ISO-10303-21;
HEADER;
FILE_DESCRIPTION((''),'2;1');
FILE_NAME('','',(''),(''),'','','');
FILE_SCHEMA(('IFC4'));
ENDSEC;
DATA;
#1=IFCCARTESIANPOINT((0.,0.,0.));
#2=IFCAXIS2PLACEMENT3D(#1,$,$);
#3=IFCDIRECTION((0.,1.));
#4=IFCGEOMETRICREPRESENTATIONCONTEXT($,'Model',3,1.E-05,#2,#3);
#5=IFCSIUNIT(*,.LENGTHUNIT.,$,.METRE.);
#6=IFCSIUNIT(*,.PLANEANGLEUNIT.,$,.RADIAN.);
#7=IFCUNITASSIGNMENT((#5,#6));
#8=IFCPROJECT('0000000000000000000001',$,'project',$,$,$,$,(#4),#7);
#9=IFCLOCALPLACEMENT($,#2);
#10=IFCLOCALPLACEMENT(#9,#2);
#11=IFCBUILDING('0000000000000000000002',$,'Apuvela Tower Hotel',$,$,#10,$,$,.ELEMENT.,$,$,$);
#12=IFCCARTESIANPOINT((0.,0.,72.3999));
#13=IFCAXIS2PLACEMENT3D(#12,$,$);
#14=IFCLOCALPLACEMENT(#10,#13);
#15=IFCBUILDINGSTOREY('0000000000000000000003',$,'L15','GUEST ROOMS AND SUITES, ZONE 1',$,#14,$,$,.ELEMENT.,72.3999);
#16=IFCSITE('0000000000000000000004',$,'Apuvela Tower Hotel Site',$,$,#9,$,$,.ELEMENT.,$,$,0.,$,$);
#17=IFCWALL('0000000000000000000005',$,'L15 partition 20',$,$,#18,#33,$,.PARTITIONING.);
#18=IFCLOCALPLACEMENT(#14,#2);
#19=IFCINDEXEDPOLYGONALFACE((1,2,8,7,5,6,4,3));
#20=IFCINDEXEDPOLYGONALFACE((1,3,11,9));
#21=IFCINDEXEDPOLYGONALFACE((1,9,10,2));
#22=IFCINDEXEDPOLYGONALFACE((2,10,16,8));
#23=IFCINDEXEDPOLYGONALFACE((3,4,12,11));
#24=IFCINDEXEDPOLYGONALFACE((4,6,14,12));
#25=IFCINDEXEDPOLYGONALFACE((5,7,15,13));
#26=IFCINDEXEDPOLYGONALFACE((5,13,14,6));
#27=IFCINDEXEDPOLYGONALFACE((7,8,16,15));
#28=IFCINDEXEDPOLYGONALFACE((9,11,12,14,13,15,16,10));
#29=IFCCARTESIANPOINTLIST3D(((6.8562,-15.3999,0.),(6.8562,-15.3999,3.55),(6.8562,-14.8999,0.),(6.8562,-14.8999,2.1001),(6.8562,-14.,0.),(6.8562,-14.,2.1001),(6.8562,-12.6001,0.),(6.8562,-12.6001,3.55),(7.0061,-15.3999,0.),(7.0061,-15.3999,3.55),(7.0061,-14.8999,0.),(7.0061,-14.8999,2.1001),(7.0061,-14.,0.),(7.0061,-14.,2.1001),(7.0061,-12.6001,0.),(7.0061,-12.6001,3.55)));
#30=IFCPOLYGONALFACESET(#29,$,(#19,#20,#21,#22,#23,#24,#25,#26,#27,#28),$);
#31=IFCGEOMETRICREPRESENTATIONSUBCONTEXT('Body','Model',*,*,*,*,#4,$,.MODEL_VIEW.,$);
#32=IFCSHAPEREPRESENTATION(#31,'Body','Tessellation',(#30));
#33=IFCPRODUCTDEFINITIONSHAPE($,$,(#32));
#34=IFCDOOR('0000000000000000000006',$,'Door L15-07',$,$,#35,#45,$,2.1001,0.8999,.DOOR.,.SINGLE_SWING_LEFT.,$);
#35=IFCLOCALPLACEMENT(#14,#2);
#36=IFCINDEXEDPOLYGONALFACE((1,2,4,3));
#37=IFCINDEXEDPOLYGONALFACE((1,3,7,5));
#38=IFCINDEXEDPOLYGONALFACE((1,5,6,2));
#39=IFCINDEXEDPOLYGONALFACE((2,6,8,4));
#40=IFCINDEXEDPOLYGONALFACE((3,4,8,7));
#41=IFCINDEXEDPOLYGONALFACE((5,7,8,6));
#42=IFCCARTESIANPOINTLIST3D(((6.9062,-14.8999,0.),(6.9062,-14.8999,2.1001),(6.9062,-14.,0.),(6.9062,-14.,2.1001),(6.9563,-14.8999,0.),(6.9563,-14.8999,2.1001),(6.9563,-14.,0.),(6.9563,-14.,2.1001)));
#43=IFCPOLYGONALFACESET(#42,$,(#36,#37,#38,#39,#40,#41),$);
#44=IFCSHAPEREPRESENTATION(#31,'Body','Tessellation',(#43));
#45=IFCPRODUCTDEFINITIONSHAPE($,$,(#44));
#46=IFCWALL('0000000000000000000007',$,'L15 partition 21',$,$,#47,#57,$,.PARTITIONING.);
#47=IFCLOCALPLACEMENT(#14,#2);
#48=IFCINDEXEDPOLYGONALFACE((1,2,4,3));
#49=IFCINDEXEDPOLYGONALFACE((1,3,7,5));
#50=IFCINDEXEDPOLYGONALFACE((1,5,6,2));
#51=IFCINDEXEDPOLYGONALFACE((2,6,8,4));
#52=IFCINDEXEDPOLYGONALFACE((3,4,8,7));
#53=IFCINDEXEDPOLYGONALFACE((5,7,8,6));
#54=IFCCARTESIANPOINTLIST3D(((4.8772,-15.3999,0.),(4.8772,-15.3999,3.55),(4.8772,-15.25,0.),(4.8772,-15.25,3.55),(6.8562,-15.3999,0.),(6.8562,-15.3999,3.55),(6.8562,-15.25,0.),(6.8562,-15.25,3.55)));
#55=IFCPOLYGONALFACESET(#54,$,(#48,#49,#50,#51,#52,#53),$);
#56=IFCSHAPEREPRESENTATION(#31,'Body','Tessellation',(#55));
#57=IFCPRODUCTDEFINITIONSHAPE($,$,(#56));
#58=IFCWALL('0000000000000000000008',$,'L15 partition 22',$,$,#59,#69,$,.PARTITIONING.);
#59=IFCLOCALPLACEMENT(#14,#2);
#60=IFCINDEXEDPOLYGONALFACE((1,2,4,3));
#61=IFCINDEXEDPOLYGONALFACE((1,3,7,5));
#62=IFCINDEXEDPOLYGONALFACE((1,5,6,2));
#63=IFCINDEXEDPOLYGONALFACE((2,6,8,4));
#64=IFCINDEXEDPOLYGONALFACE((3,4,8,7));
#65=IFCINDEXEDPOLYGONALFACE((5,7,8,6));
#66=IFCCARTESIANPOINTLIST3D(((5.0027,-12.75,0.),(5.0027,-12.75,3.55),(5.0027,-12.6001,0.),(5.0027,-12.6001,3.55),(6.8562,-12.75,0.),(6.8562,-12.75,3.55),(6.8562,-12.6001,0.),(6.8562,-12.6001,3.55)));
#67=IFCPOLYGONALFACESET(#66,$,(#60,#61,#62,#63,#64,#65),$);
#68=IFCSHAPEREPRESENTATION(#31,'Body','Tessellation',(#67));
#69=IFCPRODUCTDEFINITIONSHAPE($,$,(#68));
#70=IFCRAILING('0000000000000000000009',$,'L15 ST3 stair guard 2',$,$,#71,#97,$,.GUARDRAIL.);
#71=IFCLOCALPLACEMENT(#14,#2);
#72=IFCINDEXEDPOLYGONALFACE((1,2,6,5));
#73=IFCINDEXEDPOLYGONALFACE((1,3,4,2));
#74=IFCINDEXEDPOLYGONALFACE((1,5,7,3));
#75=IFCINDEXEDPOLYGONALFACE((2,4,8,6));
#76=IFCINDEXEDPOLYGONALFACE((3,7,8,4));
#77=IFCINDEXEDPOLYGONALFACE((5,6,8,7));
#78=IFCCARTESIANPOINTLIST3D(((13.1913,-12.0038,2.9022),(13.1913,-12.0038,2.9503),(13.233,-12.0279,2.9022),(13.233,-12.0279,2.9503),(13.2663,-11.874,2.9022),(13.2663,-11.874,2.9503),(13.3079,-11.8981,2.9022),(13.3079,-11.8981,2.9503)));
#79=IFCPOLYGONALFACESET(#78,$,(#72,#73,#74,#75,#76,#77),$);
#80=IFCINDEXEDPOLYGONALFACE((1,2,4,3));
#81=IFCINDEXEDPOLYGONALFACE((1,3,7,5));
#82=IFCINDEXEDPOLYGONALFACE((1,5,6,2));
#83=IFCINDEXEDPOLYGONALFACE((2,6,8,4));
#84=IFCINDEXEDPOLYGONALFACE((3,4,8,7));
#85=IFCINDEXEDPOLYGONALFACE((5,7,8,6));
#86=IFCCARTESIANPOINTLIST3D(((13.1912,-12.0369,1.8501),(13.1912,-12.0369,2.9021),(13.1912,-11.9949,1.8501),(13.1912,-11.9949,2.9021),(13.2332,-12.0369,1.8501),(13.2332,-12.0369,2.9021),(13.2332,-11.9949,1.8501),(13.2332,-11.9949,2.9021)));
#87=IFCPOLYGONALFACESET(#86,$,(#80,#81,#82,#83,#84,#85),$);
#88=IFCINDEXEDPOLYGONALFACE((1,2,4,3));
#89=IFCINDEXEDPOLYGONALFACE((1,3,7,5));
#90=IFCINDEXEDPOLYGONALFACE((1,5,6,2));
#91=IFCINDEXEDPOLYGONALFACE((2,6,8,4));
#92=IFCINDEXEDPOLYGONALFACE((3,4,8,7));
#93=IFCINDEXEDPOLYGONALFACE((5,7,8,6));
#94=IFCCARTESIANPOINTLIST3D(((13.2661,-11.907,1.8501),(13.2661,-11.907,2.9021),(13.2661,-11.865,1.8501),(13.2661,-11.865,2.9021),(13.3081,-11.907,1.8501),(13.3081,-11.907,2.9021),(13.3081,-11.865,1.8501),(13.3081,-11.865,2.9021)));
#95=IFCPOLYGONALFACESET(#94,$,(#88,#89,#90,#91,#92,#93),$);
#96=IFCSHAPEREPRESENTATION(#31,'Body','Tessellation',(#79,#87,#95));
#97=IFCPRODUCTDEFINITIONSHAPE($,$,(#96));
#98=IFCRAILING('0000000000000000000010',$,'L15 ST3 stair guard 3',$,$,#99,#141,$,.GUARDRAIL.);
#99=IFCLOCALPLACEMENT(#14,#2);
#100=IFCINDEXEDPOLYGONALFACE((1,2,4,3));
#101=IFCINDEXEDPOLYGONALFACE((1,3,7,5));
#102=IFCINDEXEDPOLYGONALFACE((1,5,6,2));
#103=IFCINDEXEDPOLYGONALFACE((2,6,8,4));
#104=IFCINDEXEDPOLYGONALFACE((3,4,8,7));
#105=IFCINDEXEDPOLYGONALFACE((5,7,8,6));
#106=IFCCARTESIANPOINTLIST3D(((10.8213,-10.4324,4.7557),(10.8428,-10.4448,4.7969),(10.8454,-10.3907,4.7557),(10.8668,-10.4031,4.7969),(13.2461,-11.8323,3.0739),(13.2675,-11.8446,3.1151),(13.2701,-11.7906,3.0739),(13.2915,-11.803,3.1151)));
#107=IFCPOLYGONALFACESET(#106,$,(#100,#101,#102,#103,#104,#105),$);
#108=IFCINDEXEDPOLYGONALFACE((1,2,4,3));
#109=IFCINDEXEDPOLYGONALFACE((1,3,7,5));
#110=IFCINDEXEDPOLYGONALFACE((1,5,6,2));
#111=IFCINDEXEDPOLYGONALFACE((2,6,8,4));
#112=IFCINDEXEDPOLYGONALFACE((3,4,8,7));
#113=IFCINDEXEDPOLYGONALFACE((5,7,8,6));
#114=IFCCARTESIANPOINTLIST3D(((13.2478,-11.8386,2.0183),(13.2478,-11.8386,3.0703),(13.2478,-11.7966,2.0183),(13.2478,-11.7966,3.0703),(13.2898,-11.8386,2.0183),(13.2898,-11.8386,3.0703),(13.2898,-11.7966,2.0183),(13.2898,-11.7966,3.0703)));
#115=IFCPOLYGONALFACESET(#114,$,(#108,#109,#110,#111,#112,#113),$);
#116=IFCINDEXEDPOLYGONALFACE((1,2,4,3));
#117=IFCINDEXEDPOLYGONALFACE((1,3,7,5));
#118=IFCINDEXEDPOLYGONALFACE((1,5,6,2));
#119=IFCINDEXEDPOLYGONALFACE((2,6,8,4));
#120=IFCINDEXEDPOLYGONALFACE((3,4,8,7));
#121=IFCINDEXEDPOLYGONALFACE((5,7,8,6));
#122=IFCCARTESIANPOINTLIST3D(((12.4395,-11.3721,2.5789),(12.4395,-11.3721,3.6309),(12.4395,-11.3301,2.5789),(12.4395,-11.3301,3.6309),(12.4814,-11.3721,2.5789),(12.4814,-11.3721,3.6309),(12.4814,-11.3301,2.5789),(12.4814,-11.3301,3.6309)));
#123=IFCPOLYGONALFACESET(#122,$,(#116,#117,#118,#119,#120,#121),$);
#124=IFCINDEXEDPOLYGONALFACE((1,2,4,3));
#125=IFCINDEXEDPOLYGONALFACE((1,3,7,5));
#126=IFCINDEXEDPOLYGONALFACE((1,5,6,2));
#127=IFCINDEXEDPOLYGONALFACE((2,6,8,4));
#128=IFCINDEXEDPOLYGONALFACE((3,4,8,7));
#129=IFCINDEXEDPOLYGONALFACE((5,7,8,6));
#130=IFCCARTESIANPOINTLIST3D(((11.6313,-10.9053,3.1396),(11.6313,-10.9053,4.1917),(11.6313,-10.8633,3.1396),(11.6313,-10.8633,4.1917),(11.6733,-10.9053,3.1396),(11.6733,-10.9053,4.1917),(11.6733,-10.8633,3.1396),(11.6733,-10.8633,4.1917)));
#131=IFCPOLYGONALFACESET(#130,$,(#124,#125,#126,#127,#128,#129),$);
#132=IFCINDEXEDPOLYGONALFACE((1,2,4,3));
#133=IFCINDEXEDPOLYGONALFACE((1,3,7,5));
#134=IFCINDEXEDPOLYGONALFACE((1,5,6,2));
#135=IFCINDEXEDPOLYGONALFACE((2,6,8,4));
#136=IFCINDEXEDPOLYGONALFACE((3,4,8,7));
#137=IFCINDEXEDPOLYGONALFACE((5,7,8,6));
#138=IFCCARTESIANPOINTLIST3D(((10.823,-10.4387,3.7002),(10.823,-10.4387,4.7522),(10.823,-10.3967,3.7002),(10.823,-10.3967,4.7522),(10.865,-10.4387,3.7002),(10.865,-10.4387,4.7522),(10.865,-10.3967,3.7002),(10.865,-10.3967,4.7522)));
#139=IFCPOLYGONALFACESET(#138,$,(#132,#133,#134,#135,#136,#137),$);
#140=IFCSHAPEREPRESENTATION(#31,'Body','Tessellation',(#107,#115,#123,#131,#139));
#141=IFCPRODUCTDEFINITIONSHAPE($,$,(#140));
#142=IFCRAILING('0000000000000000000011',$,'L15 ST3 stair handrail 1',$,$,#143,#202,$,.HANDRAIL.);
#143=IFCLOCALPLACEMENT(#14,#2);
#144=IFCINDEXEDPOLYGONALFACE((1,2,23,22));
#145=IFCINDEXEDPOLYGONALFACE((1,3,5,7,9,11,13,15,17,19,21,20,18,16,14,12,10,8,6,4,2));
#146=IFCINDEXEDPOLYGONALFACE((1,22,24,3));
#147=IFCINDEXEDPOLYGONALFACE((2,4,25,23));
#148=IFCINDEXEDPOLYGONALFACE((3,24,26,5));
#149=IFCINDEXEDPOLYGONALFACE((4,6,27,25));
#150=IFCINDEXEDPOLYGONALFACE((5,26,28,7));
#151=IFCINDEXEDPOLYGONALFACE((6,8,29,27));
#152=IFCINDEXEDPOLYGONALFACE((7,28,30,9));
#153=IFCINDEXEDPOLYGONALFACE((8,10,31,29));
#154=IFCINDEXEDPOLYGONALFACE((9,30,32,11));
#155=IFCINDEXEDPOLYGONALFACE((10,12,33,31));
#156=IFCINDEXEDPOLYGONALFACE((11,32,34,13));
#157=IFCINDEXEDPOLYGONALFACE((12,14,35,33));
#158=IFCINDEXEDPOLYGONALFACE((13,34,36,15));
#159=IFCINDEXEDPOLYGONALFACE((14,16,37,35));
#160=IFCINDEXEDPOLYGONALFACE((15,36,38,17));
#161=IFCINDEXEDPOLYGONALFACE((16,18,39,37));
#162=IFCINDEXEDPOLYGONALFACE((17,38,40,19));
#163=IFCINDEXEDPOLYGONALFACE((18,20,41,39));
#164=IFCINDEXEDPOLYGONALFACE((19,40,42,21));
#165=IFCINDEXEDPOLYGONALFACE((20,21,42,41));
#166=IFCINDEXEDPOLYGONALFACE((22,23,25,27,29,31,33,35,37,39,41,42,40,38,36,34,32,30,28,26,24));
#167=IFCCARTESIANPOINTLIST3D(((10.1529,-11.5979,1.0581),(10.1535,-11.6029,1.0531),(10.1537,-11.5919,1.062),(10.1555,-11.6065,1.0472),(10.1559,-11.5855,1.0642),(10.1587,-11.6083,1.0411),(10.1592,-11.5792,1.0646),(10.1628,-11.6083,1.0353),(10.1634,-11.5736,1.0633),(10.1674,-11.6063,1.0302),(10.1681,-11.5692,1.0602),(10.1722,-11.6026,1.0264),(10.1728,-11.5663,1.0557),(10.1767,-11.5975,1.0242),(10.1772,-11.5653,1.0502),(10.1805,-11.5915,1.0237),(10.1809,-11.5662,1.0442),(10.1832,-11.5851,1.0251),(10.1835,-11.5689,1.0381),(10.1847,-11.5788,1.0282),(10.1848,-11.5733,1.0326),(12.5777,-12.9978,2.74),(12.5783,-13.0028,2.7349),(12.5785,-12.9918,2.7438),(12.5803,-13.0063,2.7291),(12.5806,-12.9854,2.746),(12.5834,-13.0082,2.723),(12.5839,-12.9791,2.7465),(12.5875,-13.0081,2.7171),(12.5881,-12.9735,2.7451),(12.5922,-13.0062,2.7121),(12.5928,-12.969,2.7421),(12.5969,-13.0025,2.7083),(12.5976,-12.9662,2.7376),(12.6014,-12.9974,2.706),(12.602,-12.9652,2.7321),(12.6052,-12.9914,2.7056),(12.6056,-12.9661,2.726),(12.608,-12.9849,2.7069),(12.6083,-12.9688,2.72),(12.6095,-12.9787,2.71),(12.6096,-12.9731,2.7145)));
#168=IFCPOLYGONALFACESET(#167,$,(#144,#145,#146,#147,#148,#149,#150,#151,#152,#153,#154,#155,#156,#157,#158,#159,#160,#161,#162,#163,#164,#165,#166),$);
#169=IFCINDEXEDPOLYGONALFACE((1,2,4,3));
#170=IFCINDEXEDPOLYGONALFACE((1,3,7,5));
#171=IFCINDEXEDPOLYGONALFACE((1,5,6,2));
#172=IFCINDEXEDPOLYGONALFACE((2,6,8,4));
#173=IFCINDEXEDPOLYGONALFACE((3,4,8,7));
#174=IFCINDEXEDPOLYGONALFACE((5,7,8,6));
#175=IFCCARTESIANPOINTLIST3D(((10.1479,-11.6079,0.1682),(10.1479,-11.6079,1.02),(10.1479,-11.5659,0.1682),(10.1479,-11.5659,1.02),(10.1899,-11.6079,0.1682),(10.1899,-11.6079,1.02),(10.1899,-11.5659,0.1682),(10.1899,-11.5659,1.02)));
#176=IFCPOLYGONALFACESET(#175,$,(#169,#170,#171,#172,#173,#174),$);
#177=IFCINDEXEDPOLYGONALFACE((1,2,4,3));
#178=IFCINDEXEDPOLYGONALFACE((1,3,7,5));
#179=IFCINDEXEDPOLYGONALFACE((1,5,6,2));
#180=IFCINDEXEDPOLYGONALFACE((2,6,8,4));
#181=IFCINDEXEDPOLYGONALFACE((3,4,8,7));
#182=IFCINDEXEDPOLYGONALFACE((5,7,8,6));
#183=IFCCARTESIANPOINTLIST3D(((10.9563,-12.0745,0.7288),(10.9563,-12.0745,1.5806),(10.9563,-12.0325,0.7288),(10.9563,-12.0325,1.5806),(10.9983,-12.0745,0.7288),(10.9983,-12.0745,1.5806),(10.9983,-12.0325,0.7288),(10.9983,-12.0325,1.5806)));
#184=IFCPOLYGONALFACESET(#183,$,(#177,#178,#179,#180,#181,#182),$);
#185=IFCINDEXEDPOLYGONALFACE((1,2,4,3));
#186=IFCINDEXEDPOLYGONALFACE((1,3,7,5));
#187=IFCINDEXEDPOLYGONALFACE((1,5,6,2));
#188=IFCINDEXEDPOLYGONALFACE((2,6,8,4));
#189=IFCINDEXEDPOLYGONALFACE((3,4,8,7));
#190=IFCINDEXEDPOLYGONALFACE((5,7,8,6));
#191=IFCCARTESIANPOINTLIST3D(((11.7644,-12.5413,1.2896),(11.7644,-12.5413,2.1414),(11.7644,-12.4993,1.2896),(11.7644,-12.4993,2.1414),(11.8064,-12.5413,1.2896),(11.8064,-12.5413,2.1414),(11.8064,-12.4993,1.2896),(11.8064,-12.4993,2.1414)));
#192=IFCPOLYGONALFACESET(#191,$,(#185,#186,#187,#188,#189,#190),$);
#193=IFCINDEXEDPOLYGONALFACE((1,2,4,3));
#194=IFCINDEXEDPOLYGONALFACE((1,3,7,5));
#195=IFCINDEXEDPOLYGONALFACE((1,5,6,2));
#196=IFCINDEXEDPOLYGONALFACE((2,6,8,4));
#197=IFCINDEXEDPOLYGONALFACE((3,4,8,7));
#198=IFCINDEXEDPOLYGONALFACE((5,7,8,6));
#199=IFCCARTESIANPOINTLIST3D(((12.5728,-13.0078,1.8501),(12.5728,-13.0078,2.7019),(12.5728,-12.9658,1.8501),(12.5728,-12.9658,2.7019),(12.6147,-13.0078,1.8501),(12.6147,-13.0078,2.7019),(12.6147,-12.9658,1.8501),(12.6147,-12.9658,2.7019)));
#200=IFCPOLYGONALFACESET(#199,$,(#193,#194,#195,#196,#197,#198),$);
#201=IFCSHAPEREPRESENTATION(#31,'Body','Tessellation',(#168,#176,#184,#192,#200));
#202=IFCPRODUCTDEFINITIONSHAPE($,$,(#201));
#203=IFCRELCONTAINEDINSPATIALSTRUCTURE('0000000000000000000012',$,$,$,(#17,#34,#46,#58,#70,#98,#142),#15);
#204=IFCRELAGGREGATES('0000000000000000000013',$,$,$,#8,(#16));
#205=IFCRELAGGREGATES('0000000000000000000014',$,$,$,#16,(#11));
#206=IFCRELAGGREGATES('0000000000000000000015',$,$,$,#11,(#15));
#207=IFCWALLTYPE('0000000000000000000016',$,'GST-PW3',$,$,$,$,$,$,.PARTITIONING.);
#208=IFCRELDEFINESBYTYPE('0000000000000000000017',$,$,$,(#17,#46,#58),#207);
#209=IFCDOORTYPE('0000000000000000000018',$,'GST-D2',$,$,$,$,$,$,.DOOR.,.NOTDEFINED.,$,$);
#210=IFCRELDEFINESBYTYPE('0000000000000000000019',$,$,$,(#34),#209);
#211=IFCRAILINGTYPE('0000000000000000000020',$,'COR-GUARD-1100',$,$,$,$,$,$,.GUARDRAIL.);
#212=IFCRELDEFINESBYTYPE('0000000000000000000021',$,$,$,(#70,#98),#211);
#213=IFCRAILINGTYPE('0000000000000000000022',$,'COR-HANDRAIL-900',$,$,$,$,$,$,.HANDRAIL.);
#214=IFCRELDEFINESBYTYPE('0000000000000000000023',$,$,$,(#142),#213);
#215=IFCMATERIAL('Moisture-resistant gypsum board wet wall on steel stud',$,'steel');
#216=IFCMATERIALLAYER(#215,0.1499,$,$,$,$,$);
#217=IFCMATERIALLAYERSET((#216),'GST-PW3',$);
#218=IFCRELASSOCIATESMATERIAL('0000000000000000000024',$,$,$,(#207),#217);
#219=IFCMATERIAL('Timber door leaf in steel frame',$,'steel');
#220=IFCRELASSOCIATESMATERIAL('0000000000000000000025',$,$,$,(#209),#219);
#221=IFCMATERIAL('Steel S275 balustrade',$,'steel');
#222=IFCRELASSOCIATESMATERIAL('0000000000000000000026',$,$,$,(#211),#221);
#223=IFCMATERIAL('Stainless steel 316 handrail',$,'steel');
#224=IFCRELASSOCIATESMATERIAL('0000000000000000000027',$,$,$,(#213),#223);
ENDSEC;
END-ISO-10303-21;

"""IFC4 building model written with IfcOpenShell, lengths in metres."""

from ifc_helpers import new_model, si_unit, direction, frame, frame_2d, origin, origin_2d, place, context, subcontext, project, spatial, rectangle, circle, extrude, material, layer, layer_set, type_object, element, fill, save


model = new_model("IFC4")

# Units and contexts
model_context = context("Model", 3, precision=1e-05, world=origin(), true_north=direction((0.0, 1.0)))
body_context = subcontext(model_context, "Body", "Model", "MODEL_VIEW")
ifc_project = project(units=[si_unit("LENGTHUNIT", "METRE"), si_unit("PLANEANGLEUNIT", "RADIAN")], contexts=[model_context])

# Site, building, storey
site_placement = place(None, origin())
site = spatial("IfcSite", under=ifc_project, at=site_placement, Name="Apuvela Tower Hotel Site", CompositionType="ELEMENT", RefElevation=0.0)
building_placement = place(site_placement, origin())
building = spatial("IfcBuilding", under=site, at=building_placement, Name="Apuvela Tower Hotel", CompositionType="ELEMENT")
storey_placement = place(building_placement, frame((0.0, 0.0, 72.3999)))
storey = spatial("IfcBuildingStorey", under=building, at=storey_placement, Name="L15", Description="GUEST ROOMS AND SUITES, ZONE 1", CompositionType="ELEMENT", Elevation=72.3999)

# Shared definitions
ifc_material_1 = material(Name="Moisture-resistant gypsum board wet wall on steel stud", Category="steel")
ifc_layer_1 = layer(ifc_material_1, 0.1499)
ifc_layer_set_1 = layer_set([ifc_layer_1], Name="GST-PW3")
wall_type_1 = type_object("IfcWallType", Name="GST-PW3", PredefinedType="PARTITIONING", material=ifc_layer_set_1)

# Wall, opening, door
wall_1_placement = place(storey_placement, frame((6.9312, -15.3999, 0.0), z_axis=(0.0, 0.0, 1.0), x_axis=(0.0, 1.0, 0.0)))
wall_1 = element("IfcWall", 1, at=wall_1_placement, inside=storey, type_object=wall_type_1, Name="L15 partition 20", PredefinedType="PARTITIONING", context=body_context, shape_type="SweptSolid", body=[
    extrude(rectangle(XDim=2.7998, YDim=0.1499, at=frame_2d((1.3999, 0.0))), origin(), (0.0, 0.0, 1.0), 3.55),
])
opening_1_placement = place(wall_1_placement, frame((0.5, 0.0, 0.0)))
opening_1 = element("IfcOpeningElement", 2, at=opening_1_placement, cuts=wall_1, PredefinedType="OPENING", context=body_context, shape_type="SweptSolid", body=[
    extrude(rectangle(XDim=0.8999, YDim=2.1001, at=frame_2d((0.45, 1.05))), frame((0.0, 0.085, 0.0), z_axis=(0.0, -1.0, 0.0), x_axis=(1.0, 0.0, 0.0)), (0.0, 0.0, 1.0), 0.1699),
])
ifc_material_2 = material(Name="Timber door leaf in steel frame", Category="steel")
door_type_1 = type_object("IfcDoorType", Name="GST-D2", OperationType="NOTDEFINED", PredefinedType="DOOR", material=ifc_material_2)
door_1_placement = place(opening_1_placement, origin())
door_1 = element("IfcDoor", 3, at=door_1_placement, inside=storey, type_object=door_type_1, Name="Door L15-07", OperationType="SINGLE_SWING_LEFT", OverallHeight=2.1001, OverallWidth=0.8999, PredefinedType="DOOR", context=body_context, shape_type="SweptSolid", body=[
    extrude(rectangle(XDim=0.8999, YDim=2.1001, at=frame_2d((0.45, 1.05))), frame((0.0, 0.0249, 0.0), z_axis=(0.0, -1.0, 0.0), x_axis=(1.0, 0.0, 0.0)), (0.0, 0.0, 1.0), 0.05),
])
fill(opening_1, door_1)

# Walls
wall_2_placement = place(storey_placement, frame((4.8772, -15.325, 0.0), z_axis=(0.0, 0.0, 1.0), x_axis=(1.0, 0.0, 0.0)))
element("IfcWall", 4, at=wall_2_placement, inside=storey, type_object=wall_type_1, Name="L15 partition 21", PredefinedType="PARTITIONING", context=body_context, shape_type="SweptSolid", body=[
    extrude(rectangle(XDim=1.979, YDim=0.1499, at=frame_2d((0.9895, 0.0))), origin(), (0.0, 0.0, 1.0), 3.55),
])
wall_3_placement = place(storey_placement, frame((5.0027, -12.675, 0.0), z_axis=(0.0, 0.0, 1.0), x_axis=(1.0, 0.0, 0.0)))
element("IfcWall", 5, at=wall_3_placement, inside=storey, type_object=wall_type_1, Name="L15 partition 22", PredefinedType="PARTITIONING", context=body_context, shape_type="SweptSolid", body=[
    extrude(rectangle(XDim=1.8535, YDim=0.1499, at=frame_2d((0.9268, 0.0))), origin(), (0.0, 0.0, 1.0), 3.55),
])

# Railings
ifc_material_3 = material(Name="Steel S275 balustrade", Category="steel")
railing_type_1 = type_object("IfcRailingType", Name="COR-GUARD-1100", PredefinedType="GUARDRAIL", material=ifc_material_3)
railing_1_placement = place(storey_placement, frame((13.2122, -12.0159, 1.8501)))
element("IfcRailing", 6, at=railing_1_placement, inside=storey, type_object=railing_type_1, Name="L15 ST3 stair guard 2", PredefinedType="GUARDRAIL", context=body_context, shape_type="SweptSolid", body=[
    extrude(rectangle(XDim=0.0481, YDim=0.0481, at=origin_2d()), frame((0.0, 0.0, 1.0762), z_axis=(0.499816, 0.866131, 0.0), x_axis=(-0.866131, 0.499816, 0.0)), (0.0, 0.0, 1.0), 0.1499),
    extrude(rectangle(XDim=0.042, YDim=0.042, at=origin_2d()), origin(), (0.0, 0.0, 1.0), 1.052),
    extrude(rectangle(XDim=0.042, YDim=0.042, at=origin_2d()), frame((0.075, 0.1299, 0.0)), (0.0, 0.0, 1.0), 1.052),
])
railing_2_placement = place(storey_placement, frame((13.2688, -11.8176, 2.0183)))
element("IfcRailing", 7, at=railing_2_placement, inside=storey, type_object=railing_type_1, Name="L15 ST3 stair guard 3", PredefinedType="GUARDRAIL", context=body_context, shape_type="SweptSolid", body=[
    extrude(rectangle(XDim=0.0481, YDim=0.0481, at=origin_2d()), frame((0.0, 0.0, 1.0762), z_axis=(-0.74239, 0.428601, 0.514934), x_axis=(-0.499984, -0.866035, 0.0)), (0.0, 0.0, 1.0), 3.2661),
    extrude(rectangle(XDim=0.042, YDim=0.042, at=origin_2d()), origin(), (0.0, 0.0, 1.0), 1.052),
    extrude(rectangle(XDim=0.042, YDim=0.042, at=origin_2d()), frame((-0.8083, 0.4666, 0.5605)), (0.0, 0.0, 1.0), 1.052),
    extrude(rectangle(XDim=0.042, YDim=0.042, at=origin_2d()), frame((-1.6165, 0.9333, 1.1213)), (0.0, 0.0, 1.0), 1.052),
    extrude(rectangle(XDim=0.042, YDim=0.042, at=origin_2d()), frame((-2.4248, 1.3999, 1.6819)), (0.0, 0.0, 1.0), 1.052),
])
ifc_material_4 = material(Name="Stainless steel 316 handrail", Category="steel")
railing_type_2 = type_object("IfcRailingType", Name="COR-HANDRAIL-900", PredefinedType="HANDRAIL", material=ifc_material_4)
railing_3_placement = place(storey_placement, frame((10.1689, -11.5869, 0.1682)))
element("IfcRailing", 8, at=railing_3_placement, inside=storey, type_object=railing_type_2, Name="L15 ST3 stair handrail 1", PredefinedType="HANDRAIL", context=body_context, shape_type="SweptSolid", body=[
    extrude(circle(Radius=0.0239, at=origin_2d()), frame((0.0, 0.0, 0.876), z_axis=(0.74239, -0.428601, 0.514934), x_axis=(0.499984, 0.866035, 0.0)), (0.0, 0.0, 1.0), 3.2661),
    extrude(rectangle(XDim=0.042, YDim=0.042, at=origin_2d()), origin(), (0.0, 0.0, 1.0), 0.8518),
    extrude(rectangle(XDim=0.042, YDim=0.042, at=origin_2d()), frame((0.8083, -0.4666, 0.5605)), (0.0, 0.0, 1.0), 0.8518),
    extrude(rectangle(XDim=0.042, YDim=0.042, at=origin_2d()), frame((1.6165, -0.9333, 1.1213)), (0.0, 0.0, 1.0), 0.8518),
    extrude(rectangle(XDim=0.042, YDim=0.042, at=origin_2d()), frame((2.4248, -1.3999, 1.6819)), (0.0, 0.0, 1.0), 0.8518),
])

save(model, "model.ifc")
